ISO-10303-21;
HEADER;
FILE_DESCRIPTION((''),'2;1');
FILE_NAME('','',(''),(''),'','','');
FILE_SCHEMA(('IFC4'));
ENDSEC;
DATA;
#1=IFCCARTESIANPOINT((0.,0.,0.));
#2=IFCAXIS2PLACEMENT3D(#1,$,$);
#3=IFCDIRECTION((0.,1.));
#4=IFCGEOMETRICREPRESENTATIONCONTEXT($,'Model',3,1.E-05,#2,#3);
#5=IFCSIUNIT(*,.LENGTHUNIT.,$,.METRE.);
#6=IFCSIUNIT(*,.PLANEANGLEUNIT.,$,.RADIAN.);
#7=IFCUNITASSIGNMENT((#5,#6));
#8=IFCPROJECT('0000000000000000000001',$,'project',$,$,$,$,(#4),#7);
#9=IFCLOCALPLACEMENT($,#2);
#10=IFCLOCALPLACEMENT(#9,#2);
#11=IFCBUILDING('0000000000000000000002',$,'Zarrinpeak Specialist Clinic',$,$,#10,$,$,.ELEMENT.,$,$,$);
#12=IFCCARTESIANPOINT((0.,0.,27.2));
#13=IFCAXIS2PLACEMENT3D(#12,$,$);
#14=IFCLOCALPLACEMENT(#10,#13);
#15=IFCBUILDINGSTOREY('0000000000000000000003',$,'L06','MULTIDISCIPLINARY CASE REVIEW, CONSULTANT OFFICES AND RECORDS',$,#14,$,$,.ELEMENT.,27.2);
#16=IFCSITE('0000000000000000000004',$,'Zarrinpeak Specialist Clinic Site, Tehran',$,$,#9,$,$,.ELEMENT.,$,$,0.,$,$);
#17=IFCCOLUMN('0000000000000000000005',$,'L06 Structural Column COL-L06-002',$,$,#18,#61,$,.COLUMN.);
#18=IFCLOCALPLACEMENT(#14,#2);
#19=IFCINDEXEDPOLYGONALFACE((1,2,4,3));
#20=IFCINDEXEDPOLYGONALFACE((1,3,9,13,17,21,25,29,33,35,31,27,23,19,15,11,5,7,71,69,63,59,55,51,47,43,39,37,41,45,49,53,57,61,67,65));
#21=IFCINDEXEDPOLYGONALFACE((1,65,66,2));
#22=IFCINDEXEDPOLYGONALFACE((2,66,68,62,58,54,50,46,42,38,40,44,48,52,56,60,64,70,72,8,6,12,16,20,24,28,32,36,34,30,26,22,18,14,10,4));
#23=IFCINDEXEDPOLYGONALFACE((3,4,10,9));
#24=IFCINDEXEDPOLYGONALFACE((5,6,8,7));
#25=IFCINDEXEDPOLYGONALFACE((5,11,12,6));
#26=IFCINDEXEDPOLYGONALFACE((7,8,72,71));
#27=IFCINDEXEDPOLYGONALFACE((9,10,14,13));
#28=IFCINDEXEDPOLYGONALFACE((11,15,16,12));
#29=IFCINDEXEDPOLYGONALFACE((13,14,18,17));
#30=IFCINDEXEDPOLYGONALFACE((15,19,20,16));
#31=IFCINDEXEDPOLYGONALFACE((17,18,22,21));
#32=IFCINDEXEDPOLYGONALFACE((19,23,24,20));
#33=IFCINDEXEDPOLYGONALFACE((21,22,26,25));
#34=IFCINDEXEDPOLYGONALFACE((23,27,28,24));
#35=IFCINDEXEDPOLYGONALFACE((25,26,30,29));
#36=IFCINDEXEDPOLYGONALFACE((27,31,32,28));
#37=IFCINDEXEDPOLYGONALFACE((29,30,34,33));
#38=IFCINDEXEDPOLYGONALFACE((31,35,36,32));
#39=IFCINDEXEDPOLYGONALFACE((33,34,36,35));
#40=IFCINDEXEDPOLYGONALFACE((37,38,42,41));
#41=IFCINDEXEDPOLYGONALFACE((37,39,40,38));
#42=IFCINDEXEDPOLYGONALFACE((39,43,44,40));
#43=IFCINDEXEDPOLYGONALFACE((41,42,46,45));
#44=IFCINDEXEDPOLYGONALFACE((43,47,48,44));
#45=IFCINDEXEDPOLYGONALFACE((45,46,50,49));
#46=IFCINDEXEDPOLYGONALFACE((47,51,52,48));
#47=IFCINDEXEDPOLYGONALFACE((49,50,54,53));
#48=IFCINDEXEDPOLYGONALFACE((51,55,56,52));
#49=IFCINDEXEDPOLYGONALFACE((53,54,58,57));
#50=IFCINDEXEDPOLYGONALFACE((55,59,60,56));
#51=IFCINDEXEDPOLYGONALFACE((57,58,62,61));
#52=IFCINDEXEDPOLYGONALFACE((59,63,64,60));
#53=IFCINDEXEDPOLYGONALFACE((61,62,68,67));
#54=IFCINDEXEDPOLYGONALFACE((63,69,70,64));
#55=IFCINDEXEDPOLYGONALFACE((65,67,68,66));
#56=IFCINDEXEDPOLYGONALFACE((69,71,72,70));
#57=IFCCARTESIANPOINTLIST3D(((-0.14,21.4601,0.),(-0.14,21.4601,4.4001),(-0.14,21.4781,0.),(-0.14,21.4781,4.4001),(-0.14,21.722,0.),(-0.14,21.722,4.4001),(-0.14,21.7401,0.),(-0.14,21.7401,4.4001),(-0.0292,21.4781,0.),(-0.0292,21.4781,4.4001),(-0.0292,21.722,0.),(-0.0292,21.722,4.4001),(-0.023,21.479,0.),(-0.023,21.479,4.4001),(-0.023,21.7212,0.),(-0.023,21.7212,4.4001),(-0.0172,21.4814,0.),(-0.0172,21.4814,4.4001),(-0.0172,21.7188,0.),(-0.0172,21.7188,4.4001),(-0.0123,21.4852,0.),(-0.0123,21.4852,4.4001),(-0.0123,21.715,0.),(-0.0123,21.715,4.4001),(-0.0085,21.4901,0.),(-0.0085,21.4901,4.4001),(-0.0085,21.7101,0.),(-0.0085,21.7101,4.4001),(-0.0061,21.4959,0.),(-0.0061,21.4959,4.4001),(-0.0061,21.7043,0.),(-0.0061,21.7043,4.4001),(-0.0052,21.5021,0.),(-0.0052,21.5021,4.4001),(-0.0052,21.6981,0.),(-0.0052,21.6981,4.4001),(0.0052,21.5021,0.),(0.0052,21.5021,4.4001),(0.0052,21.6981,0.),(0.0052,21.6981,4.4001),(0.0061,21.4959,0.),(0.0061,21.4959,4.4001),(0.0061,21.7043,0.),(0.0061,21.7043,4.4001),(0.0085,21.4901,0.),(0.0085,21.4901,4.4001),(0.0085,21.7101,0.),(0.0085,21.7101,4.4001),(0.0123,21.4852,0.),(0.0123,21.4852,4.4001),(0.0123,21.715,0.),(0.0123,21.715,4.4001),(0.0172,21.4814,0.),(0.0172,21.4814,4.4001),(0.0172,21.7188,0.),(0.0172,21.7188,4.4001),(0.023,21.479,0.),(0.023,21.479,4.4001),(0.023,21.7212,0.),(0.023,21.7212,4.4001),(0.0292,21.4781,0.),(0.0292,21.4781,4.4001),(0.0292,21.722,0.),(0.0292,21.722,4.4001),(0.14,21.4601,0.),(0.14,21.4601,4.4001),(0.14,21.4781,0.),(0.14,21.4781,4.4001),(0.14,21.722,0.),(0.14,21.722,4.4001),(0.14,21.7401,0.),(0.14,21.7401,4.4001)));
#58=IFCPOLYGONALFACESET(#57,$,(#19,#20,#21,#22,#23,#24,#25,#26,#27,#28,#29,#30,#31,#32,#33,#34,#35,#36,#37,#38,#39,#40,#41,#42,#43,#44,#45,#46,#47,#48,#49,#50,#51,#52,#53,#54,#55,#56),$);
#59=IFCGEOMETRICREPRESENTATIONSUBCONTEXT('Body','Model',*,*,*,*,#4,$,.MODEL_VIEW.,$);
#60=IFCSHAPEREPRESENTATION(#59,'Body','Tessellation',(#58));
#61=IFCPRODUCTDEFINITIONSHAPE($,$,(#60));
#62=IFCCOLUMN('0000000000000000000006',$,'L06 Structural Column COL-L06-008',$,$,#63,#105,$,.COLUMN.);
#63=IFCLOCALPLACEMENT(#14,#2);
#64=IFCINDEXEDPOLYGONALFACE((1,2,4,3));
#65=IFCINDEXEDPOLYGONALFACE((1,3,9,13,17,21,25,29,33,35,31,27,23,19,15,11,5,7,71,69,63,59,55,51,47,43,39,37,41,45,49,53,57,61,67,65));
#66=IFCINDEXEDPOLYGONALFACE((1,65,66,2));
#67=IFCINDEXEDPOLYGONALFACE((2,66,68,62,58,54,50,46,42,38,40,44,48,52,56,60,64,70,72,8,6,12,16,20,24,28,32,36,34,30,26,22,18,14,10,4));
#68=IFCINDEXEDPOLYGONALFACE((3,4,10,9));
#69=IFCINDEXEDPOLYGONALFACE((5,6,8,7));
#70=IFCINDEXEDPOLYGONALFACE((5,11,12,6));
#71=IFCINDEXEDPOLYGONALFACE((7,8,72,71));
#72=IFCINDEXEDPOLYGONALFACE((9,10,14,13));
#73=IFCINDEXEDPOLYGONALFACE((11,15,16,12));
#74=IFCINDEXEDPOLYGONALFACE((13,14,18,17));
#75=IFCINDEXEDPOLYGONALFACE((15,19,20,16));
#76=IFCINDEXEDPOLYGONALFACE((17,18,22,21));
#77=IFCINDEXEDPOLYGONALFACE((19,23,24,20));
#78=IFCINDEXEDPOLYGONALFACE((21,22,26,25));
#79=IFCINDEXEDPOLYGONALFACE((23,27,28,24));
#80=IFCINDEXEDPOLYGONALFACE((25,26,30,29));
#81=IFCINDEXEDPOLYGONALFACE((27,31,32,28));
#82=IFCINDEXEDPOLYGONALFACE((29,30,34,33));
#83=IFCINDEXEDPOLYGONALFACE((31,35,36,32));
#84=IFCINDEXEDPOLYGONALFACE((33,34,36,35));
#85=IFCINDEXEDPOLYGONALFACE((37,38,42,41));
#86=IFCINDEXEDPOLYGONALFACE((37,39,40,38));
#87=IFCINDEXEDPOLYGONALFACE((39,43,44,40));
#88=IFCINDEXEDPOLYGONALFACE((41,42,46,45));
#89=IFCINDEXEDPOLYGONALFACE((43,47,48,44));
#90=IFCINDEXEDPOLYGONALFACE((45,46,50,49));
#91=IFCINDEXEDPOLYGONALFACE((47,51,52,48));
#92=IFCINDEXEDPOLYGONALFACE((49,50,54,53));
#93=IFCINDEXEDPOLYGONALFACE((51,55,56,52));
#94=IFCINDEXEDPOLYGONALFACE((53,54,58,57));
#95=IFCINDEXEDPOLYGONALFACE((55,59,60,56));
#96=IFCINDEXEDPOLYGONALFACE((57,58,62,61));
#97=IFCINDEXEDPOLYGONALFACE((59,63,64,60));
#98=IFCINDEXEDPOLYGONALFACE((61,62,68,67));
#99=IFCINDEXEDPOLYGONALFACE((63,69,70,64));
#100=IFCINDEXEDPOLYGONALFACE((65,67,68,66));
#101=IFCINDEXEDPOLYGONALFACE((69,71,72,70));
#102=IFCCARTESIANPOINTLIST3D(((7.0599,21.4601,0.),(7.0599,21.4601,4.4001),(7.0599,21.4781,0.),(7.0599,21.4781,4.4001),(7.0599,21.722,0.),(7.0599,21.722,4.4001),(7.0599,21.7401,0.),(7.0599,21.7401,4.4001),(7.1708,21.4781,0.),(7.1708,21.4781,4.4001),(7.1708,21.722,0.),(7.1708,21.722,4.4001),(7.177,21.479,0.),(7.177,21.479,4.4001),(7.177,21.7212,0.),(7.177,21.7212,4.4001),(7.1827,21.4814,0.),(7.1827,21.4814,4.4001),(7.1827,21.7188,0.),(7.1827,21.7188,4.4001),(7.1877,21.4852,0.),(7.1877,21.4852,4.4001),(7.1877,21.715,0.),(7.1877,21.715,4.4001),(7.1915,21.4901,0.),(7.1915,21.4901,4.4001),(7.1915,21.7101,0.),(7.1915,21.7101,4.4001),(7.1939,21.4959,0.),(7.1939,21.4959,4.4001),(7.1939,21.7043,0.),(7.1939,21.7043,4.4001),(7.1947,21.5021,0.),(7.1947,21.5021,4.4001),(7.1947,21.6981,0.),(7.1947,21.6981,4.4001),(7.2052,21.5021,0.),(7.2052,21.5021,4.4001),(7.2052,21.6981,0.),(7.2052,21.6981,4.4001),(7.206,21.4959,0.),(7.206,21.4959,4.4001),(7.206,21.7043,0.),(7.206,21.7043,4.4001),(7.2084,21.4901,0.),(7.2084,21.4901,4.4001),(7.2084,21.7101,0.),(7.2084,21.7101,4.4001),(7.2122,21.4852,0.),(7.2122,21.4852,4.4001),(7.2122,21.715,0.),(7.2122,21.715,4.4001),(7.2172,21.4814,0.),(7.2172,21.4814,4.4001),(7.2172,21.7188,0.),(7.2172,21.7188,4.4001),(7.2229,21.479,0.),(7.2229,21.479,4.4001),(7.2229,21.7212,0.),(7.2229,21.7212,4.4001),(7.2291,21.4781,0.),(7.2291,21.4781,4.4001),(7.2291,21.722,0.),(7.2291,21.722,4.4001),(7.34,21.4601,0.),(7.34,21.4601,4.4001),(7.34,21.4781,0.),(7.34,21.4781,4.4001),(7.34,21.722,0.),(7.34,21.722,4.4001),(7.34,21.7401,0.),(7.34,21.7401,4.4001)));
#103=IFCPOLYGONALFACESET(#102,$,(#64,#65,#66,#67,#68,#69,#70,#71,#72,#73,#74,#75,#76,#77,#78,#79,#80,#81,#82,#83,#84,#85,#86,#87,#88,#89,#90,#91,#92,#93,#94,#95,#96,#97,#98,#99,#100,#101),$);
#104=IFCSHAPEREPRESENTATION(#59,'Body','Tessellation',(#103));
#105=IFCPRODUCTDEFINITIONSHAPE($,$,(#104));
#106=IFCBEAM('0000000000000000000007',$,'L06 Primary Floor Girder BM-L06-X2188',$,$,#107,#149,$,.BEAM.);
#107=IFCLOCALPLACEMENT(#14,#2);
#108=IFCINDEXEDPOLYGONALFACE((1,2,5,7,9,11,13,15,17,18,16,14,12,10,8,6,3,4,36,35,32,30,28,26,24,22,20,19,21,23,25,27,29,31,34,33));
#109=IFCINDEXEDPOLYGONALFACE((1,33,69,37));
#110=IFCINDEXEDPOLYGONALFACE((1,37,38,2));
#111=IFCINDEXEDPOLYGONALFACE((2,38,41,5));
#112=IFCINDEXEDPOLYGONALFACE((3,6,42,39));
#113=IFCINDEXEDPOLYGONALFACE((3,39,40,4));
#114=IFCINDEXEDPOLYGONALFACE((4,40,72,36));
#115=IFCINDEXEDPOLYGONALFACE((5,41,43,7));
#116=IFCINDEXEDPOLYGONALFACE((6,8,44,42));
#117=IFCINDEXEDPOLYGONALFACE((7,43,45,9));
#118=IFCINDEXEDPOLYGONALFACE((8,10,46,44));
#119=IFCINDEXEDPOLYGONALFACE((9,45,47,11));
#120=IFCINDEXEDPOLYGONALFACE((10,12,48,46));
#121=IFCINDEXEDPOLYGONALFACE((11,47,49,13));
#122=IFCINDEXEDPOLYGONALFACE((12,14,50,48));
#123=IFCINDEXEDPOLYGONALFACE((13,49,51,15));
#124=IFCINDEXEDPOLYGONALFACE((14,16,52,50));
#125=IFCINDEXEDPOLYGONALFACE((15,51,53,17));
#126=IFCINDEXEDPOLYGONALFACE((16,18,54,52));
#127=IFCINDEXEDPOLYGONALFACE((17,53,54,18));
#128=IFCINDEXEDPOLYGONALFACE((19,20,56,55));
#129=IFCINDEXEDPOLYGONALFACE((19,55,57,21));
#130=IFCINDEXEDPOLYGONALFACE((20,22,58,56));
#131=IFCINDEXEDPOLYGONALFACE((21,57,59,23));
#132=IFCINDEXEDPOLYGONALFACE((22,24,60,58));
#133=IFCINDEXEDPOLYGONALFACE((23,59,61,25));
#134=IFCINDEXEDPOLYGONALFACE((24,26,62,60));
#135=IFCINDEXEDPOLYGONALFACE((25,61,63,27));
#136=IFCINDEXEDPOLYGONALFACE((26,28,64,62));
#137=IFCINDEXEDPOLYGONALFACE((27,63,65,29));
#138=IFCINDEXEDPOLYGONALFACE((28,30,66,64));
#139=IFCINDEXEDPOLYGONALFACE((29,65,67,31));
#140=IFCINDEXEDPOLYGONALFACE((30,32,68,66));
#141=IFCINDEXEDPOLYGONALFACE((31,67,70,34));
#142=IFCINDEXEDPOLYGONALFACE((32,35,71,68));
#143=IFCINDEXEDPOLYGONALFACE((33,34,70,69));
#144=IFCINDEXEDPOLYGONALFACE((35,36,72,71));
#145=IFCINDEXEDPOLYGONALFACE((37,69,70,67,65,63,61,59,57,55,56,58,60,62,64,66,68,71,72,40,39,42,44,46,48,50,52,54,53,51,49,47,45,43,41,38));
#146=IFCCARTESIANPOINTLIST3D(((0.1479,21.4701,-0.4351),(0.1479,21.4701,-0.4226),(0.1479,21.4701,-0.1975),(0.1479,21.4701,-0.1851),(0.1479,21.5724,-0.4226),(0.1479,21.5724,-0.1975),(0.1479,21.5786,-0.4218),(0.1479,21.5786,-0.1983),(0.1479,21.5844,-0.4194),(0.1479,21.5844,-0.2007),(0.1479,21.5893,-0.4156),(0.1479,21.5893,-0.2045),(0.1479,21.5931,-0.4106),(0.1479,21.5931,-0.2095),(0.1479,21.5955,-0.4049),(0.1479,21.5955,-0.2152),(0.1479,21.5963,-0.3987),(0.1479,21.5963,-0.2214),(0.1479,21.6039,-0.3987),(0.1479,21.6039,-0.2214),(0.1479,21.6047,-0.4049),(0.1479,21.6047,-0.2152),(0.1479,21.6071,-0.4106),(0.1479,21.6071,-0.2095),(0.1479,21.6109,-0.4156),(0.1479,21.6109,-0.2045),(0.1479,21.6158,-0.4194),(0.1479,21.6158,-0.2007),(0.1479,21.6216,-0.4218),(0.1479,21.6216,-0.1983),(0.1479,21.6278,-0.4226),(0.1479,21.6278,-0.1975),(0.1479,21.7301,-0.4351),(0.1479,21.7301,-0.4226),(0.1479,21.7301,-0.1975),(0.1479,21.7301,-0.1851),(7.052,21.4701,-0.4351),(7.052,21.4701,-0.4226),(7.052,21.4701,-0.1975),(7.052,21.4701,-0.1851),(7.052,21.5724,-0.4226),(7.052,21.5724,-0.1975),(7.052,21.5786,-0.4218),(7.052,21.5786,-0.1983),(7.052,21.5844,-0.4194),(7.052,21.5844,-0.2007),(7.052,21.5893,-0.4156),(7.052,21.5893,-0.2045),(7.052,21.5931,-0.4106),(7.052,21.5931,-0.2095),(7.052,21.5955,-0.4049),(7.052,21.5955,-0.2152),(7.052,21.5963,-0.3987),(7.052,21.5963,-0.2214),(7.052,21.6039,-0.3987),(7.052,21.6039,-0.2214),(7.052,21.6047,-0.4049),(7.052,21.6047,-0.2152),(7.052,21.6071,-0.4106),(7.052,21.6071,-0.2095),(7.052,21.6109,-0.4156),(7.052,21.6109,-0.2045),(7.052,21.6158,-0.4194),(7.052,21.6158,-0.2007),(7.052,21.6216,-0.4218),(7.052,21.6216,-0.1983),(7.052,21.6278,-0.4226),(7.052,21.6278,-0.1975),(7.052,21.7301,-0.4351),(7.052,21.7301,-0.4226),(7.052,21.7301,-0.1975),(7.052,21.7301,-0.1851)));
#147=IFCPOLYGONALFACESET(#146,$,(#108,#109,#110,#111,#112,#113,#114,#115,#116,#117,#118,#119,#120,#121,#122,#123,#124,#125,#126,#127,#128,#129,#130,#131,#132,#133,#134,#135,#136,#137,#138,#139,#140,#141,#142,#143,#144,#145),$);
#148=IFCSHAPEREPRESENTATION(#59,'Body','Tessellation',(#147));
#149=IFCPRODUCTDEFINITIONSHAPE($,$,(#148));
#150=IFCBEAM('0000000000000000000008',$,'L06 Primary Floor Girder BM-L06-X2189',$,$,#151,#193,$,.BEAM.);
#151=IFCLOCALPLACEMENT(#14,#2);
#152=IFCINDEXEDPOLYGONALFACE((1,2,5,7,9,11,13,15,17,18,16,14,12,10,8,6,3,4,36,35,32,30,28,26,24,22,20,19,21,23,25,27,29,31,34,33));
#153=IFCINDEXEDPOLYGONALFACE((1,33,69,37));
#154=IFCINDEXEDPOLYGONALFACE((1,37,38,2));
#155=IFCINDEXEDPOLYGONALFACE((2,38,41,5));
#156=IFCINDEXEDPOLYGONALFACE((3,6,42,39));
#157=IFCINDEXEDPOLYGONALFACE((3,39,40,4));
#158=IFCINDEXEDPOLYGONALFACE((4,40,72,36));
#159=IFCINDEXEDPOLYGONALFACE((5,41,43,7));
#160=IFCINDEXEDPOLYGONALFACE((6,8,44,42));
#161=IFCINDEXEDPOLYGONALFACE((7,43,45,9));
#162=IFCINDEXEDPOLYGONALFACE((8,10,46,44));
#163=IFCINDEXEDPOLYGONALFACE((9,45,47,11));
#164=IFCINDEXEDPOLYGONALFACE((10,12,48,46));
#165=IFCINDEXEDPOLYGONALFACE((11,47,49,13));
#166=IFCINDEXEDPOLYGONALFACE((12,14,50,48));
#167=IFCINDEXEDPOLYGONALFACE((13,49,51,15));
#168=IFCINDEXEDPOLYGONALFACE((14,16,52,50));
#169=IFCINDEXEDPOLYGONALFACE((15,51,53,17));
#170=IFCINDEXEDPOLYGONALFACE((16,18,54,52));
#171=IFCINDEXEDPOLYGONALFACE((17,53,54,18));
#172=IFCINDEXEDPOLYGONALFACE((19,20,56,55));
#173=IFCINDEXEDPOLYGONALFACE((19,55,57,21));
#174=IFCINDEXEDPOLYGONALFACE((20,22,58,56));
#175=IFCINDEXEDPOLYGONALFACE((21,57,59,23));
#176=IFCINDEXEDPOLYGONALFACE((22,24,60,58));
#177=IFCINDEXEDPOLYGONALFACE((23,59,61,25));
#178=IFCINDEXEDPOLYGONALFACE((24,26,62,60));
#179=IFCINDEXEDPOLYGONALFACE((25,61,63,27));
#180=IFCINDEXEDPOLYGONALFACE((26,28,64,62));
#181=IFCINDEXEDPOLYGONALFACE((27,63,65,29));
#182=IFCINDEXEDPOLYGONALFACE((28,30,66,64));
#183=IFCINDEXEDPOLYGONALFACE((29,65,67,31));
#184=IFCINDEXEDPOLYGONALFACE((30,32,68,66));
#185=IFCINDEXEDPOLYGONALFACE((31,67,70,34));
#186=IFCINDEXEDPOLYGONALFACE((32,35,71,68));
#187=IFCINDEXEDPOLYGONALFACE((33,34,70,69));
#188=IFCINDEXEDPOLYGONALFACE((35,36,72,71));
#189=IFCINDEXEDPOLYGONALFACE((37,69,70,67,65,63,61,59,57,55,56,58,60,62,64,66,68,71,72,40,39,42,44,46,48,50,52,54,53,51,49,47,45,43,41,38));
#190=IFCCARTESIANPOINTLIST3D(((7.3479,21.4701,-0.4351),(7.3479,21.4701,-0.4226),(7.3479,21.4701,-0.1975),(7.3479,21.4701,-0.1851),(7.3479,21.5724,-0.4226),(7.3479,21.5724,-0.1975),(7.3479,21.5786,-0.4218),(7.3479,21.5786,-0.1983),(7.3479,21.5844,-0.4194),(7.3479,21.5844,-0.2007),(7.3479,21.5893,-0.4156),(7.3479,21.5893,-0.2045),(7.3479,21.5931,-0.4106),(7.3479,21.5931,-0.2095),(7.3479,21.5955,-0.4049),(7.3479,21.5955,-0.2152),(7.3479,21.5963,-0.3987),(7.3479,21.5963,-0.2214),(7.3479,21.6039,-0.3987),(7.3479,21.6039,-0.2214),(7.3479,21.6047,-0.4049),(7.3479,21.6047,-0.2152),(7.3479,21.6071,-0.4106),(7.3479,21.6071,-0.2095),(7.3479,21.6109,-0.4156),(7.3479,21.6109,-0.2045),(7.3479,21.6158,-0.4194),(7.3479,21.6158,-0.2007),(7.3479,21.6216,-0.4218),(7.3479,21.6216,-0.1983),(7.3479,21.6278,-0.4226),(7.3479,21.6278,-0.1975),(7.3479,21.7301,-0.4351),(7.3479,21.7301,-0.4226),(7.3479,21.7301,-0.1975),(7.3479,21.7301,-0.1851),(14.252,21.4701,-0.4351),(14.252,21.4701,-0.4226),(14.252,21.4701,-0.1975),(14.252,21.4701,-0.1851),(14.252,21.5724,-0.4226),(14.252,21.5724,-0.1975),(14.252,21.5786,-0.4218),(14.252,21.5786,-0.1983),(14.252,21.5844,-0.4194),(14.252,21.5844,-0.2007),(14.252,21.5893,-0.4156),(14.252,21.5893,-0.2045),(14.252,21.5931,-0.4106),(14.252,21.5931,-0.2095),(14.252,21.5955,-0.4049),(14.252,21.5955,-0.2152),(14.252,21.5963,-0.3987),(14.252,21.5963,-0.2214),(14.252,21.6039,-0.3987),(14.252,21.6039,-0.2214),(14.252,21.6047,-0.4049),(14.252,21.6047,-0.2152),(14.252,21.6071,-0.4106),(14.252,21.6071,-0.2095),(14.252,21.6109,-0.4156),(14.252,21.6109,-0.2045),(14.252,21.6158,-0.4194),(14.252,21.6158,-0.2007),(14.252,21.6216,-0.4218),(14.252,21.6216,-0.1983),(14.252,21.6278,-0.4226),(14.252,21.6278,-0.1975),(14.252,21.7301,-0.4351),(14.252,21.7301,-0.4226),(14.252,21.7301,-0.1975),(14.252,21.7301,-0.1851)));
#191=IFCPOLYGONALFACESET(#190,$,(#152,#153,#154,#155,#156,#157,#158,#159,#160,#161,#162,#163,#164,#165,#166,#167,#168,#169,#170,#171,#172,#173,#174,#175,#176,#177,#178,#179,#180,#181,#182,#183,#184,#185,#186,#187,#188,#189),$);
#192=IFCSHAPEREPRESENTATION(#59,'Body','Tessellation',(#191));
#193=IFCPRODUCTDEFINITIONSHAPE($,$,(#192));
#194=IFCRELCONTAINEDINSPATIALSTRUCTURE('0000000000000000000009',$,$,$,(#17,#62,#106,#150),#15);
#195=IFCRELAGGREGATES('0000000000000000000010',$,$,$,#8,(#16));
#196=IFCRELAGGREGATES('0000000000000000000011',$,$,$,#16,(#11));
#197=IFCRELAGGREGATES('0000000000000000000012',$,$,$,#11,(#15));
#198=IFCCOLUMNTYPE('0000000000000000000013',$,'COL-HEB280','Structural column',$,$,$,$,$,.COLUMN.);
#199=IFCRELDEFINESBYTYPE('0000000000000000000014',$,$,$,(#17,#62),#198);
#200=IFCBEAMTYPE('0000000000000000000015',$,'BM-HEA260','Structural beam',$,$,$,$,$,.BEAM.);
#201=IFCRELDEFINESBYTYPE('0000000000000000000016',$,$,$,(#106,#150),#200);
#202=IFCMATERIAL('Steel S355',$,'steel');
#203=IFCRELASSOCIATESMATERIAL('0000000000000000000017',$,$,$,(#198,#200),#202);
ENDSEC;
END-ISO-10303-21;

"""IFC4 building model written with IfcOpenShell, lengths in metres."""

from ifc_helpers import new_model, si_unit, direction, frame, origin, origin_2d, place, context, subcontext, project, spatial, i_section, extrude, material, material_profile, profile_set, type_object, element, save


model = new_model("IFC4")

# Units and contexts
model_context = context("Model", 3, precision=1e-05, world=origin(), true_north=direction((0.0, 1.0)))
body_context = subcontext(model_context, "Body", "Model", "MODEL_VIEW")
ifc_project = project(units=[si_unit("LENGTHUNIT", "METRE"), si_unit("PLANEANGLEUNIT", "RADIAN")], contexts=[model_context])

# Site, building, storey
site_placement = place(None, origin())
site = spatial("IfcSite", under=ifc_project, at=site_placement, Name="Zarrinpeak Specialist Clinic Site, Tehran", CompositionType="ELEMENT", RefElevation=0.0)
building_placement = place(site_placement, origin())
building = spatial("IfcBuilding", under=site, at=building_placement, Name="Zarrinpeak Specialist Clinic", CompositionType="ELEMENT")
storey_placement = place(building_placement, frame((0.0, 0.0, 27.2)))
storey = spatial("IfcBuildingStorey", under=building, at=storey_placement, Name="L06", Description="MULTIDISCIPLINARY CASE REVIEW, CONSULTANT OFFICES AND RECORDS", CompositionType="ELEMENT", Elevation=27.2)

# Columns
ifc_material_1 = material(Name="Steel S355", Category="steel")
ifc_material_profile_1 = material_profile(ifc_material_1, i_section(OverallWidth=0.28, OverallDepth=0.28, WebThickness=0.0105, FlangeThickness=0.0181, FilletRadius=0.0239, at=origin_2d()), Name="HEB 280")
ifc_profile_set_1 = profile_set([ifc_material_profile_1], Name="Steel S355")
column_type = type_object("IfcColumnType", Name="COL-HEB280", Description="Structural column", PredefinedType="COLUMN", material=ifc_profile_set_1)
for number, where, z_axis, x_axis, name in (
    (1, (0.0, 21.6001, 0.0), (0.0, 0.0, 1.0), (1.0, 0.0, 0.0), "L06 Structural Column COL-L06-002"),
    (2, (7.2, 21.6001, 0.0), (0.0, 0.0, 1.0), (1.0, 0.0, 0.0), "L06 Structural Column COL-L06-008"),
):
    element("IfcColumn", number, at=place(storey_placement, frame(where, z_axis=z_axis, x_axis=x_axis)), inside=storey, type_object=column_type, Name=name, PredefinedType="COLUMN", context=body_context, shape_type="SweptSolid", body=[
        extrude(i_section(OverallWidth=0.28, OverallDepth=0.28, WebThickness=0.0105, FlangeThickness=0.0181, FilletRadius=0.0239, at=origin_2d()), origin(), (0.0, 0.0, 1.0), 4.4001),
    ])

# Beams
ifc_material_profile_2 = material_profile(ifc_material_1, i_section(OverallWidth=0.26, OverallDepth=0.25, WebThickness=0.0076, FlangeThickness=0.0125, FilletRadius=0.0239, at=origin_2d()), Name="HEA 260")
ifc_profile_set_2 = profile_set([ifc_material_profile_2], Name="Steel S355")
beam_type_1 = type_object("IfcBeamType", Name="BM-HEA260", Description="Structural beam", PredefinedType="BEAM", material=ifc_profile_set_2)
for number, where, z_axis, x_axis, name in (
    (3, (0.1479, 21.6001, -0.3101), (1.0, 0.0, 0.0), (0.0, 1.0, 0.0), "L06 Primary Floor Girder BM-L06-X2188"),
    (4, (7.3479, 21.6001, -0.3101), (1.0, 0.0, 0.0), (0.0, 1.0, 0.0), "L06 Primary Floor Girder BM-L06-X2189"),
):
    element("IfcBeam", number, at=place(storey_placement, frame(where, z_axis=z_axis, x_axis=x_axis)), inside=storey, type_object=beam_type_1, Name=name, PredefinedType="BEAM", context=body_context, shape_type="SweptSolid", body=[
        extrude(i_section(OverallWidth=0.26, OverallDepth=0.25, WebThickness=0.0076, FlangeThickness=0.0125, FilletRadius=0.0239, at=origin_2d()), origin(), (0.0, 0.0, 1.0), 6.9041),
    ])

save(model, "model.ifc")
